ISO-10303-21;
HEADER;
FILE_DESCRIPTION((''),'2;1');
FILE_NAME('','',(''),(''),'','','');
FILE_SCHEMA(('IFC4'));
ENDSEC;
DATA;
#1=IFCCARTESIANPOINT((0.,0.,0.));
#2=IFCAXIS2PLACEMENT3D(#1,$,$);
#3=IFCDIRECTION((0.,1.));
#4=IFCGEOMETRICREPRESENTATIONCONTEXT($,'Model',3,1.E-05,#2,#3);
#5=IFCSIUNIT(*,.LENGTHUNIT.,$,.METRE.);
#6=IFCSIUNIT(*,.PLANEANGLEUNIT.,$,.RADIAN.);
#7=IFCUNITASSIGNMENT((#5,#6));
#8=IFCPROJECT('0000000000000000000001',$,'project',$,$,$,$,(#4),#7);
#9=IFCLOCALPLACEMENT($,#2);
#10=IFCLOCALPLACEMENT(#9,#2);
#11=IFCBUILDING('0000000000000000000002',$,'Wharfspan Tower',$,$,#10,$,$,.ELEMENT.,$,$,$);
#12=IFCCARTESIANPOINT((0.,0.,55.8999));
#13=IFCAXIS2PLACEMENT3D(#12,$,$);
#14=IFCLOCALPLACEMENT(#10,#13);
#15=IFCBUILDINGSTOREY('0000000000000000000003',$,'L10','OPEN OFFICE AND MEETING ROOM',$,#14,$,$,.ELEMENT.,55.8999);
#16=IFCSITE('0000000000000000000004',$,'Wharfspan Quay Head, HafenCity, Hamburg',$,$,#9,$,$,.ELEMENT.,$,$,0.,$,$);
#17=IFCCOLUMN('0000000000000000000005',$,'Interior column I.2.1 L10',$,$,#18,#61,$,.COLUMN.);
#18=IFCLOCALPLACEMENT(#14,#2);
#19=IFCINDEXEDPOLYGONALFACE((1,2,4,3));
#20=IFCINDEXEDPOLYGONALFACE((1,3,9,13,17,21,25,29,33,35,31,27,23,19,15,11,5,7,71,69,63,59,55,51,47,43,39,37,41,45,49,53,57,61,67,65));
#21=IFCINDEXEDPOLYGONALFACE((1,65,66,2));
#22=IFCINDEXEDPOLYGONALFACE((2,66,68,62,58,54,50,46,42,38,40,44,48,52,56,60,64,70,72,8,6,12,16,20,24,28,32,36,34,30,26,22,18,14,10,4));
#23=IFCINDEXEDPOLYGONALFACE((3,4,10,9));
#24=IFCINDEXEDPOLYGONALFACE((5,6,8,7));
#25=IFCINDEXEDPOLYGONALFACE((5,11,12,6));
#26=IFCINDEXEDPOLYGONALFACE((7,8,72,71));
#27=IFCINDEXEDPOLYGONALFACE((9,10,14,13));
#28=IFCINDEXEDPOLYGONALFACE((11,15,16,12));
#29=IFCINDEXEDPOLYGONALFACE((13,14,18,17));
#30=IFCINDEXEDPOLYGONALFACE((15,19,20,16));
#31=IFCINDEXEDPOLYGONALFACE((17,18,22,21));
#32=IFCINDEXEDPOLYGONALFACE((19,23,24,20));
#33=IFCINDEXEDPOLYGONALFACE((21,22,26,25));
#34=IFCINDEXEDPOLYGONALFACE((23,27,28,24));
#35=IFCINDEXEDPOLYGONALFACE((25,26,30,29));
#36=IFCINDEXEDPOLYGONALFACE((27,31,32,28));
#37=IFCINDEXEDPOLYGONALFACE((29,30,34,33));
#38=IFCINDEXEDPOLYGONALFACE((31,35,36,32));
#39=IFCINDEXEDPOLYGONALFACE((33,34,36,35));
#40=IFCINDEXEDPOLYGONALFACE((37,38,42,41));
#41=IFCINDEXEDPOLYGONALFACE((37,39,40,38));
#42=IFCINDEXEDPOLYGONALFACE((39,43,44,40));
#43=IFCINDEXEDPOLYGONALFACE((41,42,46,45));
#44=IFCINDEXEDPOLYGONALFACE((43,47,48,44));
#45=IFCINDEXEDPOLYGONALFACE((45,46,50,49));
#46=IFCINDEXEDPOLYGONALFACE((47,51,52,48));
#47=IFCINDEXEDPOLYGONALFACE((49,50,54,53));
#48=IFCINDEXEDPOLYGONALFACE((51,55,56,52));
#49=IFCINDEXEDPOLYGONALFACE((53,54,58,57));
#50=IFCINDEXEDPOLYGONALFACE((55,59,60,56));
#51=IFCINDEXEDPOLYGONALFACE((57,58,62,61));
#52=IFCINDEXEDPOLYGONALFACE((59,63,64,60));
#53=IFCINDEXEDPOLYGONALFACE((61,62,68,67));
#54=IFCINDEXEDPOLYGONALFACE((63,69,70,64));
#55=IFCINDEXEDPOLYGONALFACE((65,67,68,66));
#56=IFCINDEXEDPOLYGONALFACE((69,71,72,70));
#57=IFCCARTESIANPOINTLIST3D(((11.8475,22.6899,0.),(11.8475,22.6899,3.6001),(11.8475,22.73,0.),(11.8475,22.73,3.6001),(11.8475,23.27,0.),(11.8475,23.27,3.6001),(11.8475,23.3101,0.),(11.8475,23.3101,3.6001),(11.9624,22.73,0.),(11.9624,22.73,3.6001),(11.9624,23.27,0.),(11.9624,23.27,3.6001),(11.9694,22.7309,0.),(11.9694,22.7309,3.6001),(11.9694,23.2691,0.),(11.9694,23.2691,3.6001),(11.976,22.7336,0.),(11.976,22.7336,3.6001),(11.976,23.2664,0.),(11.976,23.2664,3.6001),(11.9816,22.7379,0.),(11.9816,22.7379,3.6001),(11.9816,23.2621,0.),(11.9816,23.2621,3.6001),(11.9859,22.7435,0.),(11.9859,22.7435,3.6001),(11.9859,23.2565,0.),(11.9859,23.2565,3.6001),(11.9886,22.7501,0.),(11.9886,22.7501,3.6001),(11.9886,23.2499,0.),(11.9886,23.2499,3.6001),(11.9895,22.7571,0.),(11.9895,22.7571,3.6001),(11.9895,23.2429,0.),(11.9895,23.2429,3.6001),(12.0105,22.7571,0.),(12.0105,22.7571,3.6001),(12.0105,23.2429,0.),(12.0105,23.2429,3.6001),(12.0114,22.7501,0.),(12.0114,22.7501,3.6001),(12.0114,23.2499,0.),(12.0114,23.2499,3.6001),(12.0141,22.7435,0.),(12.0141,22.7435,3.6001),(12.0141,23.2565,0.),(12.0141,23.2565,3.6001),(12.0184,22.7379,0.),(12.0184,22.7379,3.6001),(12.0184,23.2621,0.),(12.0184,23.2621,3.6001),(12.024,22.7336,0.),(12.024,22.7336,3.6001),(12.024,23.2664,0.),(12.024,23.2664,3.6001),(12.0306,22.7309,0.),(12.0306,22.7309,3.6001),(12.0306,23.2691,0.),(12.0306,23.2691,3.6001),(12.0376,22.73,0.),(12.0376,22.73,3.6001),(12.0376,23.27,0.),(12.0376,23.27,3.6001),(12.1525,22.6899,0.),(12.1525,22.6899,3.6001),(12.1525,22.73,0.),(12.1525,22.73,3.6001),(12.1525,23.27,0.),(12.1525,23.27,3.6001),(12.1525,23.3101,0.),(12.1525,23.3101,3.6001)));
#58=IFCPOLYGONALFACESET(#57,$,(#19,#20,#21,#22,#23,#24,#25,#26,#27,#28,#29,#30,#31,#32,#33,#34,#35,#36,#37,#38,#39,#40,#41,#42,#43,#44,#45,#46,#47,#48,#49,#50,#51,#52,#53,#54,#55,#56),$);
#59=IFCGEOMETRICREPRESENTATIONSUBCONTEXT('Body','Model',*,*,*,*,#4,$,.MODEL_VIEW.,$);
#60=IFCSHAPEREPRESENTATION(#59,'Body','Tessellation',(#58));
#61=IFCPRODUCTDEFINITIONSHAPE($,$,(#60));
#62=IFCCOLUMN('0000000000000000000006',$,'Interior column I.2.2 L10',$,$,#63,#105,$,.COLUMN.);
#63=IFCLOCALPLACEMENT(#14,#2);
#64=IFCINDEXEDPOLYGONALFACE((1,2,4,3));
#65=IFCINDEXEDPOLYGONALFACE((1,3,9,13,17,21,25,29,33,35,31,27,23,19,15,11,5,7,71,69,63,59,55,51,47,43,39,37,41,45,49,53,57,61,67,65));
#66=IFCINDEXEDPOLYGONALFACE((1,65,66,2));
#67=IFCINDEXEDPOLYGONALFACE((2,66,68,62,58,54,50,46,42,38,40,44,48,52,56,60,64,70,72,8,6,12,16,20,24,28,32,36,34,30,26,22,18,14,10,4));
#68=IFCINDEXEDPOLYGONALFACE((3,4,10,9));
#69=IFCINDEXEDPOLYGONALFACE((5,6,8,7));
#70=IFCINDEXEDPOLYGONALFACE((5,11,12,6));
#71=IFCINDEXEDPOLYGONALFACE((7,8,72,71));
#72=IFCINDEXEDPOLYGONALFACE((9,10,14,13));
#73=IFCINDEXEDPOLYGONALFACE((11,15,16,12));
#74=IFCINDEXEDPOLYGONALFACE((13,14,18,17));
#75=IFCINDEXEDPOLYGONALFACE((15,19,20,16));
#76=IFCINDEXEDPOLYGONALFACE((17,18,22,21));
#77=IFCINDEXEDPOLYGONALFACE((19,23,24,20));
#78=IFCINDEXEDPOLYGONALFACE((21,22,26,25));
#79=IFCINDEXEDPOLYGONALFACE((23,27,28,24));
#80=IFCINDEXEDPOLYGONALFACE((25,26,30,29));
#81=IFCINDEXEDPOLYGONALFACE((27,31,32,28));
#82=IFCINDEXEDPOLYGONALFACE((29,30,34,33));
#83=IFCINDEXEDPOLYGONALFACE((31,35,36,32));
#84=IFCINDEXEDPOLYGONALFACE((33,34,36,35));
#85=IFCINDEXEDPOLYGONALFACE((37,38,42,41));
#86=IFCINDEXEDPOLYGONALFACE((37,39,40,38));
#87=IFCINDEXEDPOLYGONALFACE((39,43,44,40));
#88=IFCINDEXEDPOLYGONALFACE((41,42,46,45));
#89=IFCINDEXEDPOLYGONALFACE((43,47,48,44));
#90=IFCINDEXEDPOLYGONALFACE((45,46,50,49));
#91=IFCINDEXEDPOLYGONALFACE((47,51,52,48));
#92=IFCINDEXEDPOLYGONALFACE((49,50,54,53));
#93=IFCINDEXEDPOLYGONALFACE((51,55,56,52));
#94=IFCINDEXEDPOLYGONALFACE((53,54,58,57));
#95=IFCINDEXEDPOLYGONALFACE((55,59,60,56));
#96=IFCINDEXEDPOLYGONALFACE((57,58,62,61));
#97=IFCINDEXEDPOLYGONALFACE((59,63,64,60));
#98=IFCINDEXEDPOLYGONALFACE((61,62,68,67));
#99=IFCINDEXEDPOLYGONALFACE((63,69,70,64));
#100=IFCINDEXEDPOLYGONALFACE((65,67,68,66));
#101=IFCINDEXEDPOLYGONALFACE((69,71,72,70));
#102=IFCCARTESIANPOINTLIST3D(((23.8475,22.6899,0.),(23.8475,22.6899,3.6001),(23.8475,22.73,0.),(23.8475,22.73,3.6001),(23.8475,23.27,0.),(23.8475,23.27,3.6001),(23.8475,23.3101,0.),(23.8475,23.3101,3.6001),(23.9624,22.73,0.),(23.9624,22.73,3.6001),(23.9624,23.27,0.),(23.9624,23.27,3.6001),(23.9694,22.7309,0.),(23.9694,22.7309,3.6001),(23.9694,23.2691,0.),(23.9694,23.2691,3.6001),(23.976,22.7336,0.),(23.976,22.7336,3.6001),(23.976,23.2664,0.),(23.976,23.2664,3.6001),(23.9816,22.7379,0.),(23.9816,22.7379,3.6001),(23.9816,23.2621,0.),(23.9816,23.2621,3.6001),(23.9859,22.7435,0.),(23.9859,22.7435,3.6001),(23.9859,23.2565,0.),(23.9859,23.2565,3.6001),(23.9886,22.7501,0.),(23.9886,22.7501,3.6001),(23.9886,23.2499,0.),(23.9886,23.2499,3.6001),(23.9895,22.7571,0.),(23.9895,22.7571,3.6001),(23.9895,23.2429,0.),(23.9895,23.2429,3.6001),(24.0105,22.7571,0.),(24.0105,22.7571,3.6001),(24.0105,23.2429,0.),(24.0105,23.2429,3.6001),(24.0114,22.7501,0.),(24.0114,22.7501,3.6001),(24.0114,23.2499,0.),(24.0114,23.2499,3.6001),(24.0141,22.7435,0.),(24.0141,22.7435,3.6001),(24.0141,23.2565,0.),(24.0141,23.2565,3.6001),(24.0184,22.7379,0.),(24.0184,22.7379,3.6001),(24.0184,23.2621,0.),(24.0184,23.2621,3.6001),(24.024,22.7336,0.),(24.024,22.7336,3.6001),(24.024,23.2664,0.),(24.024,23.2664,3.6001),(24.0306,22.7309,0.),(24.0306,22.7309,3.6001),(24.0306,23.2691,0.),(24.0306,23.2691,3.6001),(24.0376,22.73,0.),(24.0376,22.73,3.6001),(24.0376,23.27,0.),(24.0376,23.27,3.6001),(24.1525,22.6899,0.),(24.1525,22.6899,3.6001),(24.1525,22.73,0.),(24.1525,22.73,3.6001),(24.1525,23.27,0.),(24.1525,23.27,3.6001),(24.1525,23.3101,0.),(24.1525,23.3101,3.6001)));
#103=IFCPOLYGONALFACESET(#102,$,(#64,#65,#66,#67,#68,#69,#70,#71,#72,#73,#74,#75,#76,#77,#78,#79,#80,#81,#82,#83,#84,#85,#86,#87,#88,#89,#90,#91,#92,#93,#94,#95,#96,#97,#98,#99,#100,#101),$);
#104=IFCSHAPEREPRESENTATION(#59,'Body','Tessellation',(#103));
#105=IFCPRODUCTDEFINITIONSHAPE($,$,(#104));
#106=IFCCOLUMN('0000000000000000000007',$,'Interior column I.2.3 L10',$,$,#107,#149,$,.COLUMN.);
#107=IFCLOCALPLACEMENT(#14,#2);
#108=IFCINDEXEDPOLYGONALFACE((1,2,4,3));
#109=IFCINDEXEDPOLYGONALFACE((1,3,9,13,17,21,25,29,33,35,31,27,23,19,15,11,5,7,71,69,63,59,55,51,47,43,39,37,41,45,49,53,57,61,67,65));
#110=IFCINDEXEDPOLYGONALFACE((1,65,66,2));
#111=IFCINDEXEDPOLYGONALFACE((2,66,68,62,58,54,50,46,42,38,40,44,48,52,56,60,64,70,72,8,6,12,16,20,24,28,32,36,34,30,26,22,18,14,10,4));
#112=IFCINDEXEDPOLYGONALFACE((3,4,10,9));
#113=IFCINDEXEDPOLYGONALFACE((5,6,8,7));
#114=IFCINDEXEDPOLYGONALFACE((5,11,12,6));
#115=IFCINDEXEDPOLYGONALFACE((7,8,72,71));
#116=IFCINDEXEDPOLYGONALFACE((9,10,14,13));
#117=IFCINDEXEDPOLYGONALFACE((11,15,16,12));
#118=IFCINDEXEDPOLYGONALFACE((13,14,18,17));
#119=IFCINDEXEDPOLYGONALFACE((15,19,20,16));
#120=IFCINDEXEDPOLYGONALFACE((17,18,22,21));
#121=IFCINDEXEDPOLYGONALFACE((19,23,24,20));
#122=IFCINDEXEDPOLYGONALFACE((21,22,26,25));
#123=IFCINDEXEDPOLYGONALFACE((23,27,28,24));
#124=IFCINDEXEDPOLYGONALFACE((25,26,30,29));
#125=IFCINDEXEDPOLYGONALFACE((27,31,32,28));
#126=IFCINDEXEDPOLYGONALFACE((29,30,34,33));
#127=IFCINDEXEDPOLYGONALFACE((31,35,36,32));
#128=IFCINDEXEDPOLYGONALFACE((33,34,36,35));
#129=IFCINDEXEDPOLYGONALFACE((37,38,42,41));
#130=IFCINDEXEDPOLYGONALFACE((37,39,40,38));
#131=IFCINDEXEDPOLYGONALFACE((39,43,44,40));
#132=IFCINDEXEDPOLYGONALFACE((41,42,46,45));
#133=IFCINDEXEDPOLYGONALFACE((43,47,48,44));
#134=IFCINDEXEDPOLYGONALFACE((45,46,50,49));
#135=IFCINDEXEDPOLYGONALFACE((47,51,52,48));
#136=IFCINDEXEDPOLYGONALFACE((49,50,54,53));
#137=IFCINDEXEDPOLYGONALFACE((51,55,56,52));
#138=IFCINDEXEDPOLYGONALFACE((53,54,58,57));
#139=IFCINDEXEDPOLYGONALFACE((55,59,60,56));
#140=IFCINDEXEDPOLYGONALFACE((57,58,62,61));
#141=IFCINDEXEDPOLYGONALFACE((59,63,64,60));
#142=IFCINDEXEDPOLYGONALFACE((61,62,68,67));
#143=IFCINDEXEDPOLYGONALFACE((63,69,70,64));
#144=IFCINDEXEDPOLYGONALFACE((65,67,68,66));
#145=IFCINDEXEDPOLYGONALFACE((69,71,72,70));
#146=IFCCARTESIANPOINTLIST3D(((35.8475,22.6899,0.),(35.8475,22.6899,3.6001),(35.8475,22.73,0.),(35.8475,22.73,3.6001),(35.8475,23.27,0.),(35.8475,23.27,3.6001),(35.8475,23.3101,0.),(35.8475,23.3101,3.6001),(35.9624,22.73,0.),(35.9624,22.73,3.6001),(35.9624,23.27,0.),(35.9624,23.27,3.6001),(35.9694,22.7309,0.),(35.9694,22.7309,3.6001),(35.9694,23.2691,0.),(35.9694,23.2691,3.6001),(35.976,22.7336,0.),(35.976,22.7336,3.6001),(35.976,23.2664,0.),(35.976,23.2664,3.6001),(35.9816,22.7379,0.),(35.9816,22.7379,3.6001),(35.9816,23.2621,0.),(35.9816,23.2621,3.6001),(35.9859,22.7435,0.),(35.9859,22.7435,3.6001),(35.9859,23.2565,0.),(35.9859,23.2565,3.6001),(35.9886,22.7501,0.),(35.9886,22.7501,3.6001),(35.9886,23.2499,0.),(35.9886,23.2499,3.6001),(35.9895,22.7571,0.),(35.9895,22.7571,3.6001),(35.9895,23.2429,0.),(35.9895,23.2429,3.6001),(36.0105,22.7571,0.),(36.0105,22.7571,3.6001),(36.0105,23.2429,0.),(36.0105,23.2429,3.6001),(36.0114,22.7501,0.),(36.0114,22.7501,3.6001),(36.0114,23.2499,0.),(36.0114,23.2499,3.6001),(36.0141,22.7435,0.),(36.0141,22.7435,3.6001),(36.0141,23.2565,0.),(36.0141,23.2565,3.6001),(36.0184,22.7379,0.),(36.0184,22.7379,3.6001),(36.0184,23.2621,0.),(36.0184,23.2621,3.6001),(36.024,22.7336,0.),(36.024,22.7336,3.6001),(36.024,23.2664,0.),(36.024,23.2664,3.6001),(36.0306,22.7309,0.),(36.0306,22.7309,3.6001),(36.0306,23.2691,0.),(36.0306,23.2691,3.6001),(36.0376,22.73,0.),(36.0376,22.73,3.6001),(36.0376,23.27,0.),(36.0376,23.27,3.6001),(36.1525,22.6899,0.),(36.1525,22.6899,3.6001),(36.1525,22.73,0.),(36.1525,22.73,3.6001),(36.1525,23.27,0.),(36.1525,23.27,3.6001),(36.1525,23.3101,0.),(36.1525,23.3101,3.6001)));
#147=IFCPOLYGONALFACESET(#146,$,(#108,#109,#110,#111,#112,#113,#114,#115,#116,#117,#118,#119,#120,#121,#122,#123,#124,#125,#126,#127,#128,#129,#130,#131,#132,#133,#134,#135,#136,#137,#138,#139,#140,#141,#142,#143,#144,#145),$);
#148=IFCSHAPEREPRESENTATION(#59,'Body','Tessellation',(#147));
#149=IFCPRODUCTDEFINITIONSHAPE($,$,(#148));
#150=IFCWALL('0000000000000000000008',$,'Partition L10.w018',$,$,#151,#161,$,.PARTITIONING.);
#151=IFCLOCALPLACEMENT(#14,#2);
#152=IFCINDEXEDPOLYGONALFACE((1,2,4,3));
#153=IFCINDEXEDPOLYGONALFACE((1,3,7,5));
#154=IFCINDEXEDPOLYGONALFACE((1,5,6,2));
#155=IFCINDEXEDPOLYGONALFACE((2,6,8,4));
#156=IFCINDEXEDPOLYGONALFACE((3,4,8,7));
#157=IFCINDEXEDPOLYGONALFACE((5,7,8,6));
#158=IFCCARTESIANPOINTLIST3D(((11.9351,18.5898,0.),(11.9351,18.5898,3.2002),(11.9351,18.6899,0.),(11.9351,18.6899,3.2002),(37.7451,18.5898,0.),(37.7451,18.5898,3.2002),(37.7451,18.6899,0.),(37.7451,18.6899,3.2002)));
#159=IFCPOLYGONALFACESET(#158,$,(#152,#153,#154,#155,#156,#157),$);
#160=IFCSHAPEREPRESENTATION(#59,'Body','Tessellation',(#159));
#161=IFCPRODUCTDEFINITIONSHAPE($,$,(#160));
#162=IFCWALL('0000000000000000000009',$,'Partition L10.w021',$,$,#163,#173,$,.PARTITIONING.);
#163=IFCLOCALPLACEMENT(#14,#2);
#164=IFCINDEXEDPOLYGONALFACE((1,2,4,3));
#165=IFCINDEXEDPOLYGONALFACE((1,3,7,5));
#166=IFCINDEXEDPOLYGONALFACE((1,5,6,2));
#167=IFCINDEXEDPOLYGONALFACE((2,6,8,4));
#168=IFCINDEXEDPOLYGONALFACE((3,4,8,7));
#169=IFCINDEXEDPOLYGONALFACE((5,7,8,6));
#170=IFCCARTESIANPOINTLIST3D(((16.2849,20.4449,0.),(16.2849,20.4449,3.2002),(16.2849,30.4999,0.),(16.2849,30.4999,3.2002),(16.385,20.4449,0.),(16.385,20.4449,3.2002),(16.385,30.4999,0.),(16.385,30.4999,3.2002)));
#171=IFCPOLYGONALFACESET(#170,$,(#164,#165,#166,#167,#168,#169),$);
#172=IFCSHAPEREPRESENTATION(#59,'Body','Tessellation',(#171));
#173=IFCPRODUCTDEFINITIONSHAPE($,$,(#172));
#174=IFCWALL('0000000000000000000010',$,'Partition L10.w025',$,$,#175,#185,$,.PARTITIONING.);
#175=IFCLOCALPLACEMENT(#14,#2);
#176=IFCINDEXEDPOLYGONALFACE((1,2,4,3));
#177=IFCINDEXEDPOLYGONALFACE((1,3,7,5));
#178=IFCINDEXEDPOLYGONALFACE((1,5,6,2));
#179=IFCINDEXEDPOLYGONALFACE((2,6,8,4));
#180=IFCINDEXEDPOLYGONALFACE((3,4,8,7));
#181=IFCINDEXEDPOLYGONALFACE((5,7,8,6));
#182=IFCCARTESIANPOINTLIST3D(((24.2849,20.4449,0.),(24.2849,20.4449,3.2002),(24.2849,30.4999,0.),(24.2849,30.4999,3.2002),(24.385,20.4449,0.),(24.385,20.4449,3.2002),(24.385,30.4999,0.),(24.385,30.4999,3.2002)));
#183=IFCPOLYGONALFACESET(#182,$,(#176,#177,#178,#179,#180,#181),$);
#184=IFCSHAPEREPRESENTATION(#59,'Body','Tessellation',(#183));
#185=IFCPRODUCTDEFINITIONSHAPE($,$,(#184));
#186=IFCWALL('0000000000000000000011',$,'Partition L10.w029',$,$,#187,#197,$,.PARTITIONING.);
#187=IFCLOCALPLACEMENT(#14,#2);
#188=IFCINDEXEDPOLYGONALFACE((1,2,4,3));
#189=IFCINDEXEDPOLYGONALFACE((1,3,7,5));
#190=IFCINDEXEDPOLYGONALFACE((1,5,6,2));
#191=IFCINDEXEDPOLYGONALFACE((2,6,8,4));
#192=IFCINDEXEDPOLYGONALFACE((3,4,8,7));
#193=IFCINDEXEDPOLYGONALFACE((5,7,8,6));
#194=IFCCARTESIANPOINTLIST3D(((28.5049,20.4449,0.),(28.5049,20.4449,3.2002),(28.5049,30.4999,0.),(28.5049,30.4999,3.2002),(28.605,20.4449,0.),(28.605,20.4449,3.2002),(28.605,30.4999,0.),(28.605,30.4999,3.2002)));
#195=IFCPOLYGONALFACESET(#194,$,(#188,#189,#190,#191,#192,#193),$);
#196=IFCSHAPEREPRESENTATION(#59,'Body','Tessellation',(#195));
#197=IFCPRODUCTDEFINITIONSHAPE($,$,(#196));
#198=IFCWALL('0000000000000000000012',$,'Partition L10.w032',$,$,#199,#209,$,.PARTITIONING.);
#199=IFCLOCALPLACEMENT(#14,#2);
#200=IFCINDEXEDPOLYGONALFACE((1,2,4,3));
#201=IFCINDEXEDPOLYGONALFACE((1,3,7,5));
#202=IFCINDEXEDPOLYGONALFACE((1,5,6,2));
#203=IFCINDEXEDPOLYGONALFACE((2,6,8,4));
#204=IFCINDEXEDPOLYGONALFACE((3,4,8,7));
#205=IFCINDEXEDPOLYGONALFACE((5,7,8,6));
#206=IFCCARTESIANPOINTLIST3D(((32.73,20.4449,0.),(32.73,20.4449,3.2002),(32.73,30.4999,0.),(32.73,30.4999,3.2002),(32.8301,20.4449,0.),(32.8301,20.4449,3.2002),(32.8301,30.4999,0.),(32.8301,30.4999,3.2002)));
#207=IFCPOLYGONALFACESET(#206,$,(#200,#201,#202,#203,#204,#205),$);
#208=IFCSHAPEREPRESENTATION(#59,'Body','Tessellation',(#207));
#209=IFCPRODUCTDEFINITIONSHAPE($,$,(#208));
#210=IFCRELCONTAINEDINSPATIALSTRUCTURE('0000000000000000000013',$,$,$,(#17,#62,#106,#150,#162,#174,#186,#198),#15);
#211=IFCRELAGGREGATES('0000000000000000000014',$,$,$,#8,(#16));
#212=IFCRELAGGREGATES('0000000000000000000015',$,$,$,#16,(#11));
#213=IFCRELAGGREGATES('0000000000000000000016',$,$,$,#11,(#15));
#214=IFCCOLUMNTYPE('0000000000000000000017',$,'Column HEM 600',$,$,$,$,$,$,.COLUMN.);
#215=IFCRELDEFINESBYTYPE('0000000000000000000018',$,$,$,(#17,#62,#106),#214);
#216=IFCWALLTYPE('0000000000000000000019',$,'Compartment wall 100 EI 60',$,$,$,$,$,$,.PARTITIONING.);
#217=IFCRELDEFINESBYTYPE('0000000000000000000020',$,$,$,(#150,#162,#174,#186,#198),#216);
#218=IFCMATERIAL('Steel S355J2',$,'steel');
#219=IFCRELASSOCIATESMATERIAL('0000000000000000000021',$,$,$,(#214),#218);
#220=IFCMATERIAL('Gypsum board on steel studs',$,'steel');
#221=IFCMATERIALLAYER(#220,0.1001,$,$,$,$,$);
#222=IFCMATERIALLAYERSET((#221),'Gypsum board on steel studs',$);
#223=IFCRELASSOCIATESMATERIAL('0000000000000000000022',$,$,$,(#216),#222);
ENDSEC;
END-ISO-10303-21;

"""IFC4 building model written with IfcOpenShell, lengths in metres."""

from ifc_helpers import new_model, si_unit, direction, frame, frame_2d, origin, origin_2d, place, context, subcontext, project, spatial, rectangle, i_section, extrude, material, layer, layer_set, material_profile, profile_set, type_object, element, save


model = new_model("IFC4")

# Units and contexts
model_context = context("Model", 3, precision=1e-05, world=origin(), true_north=direction((0.0, 1.0)))
body_context = subcontext(model_context, "Body", "Model", "MODEL_VIEW")
ifc_project = project(units=[si_unit("LENGTHUNIT", "METRE"), si_unit("PLANEANGLEUNIT", "RADIAN")], contexts=[model_context])

# Site, building, storey
site_placement = place(None, origin())
site = spatial("IfcSite", under=ifc_project, at=site_placement, Name="Wharfspan Quay Head, HafenCity, Hamburg", CompositionType="ELEMENT", RefElevation=0.0)
building_placement = place(site_placement, origin())
building = spatial("IfcBuilding", under=site, at=building_placement, Name="Wharfspan Tower", CompositionType="ELEMENT")
storey_placement = place(building_placement, frame((0.0, 0.0, 55.8999)))
storey = spatial("IfcBuildingStorey", under=building, at=storey_placement, Name="L10", Description="OPEN OFFICE AND MEETING ROOM", CompositionType="ELEMENT", Elevation=55.8999)

# Columns
ifc_material_1 = material(Name="Steel S355J2", Category="steel")
ifc_material_profile = material_profile(ifc_material_1, i_section(OverallWidth=0.3049, OverallDepth=0.6201, WebThickness=0.021, FlangeThickness=0.04, FilletRadius=0.0271, at=origin_2d()))
ifc_profile_set = profile_set([ifc_material_profile], Name="Steel S355J2")
column_type = type_object("IfcColumnType", Name="Column HEM 600", PredefinedType="COLUMN", material=ifc_profile_set)
for number, where, z_axis, x_axis, name in (
    (1, (12.0, 23.0, 0.0), (0.0, 0.0, 1.0), (1.0, 0.0, 0.0), "Interior column I.2.1 L10"),
    (2, (24.0, 23.0, 0.0), (0.0, 0.0, 1.0), (1.0, 0.0, 0.0), "Interior column I.2.2 L10"),
    (3, (36.0, 23.0, 0.0), (0.0, 0.0, 1.0), (1.0, 0.0, 0.0), "Interior column I.2.3 L10"),
):
    element("IfcColumn", number, at=place(storey_placement, frame(where, z_axis=z_axis, x_axis=x_axis)), inside=storey, type_object=column_type, Name=name, PredefinedType="COLUMN", context=body_context, shape_type="SweptSolid", body=[
        extrude(i_section(OverallWidth=0.3049, OverallDepth=0.6201, WebThickness=0.021, FlangeThickness=0.04, FilletRadius=0.0271, at=origin_2d()), origin(), (0.0, 0.0, 1.0), 3.6001),
    ])

# Walls
ifc_material_2 = material(Name="Gypsum board on steel studs", Category="steel")
ifc_layer_1 = layer(ifc_material_2, 0.1001)
ifc_layer_set_1 = layer_set([ifc_layer_1], Name="Gypsum board on steel studs")
wall_type_1 = type_object("IfcWallType", Name="Compartment wall 100 EI 60", PredefinedType="PARTITIONING", material=ifc_layer_set_1)
wall_1_placement = place(storey_placement, frame((11.9351, 18.6399, 0.0), z_axis=(0.0, 0.0, 1.0), x_axis=(1.0, 0.0, 0.0)))
element("IfcWall", 4, at=wall_1_placement, inside=storey, type_object=wall_type_1, Name="Partition L10.w018", PredefinedType="PARTITIONING", context=body_context, shape_type="SweptSolid", body=[
    extrude(rectangle(XDim=25.8101, YDim=0.1001, at=frame_2d((12.905, 0.0))), origin(), (0.0, 0.0, 1.0), 3.2002),
])
for number, where, z_axis, x_axis, name in (
    (5, (16.335, 20.4451, 0.0), (0.0, 0.0, 1.0), (0.0, 1.0, 0.0), "Partition L10.w021"),
    (6, (24.335, 20.4451, 0.0), (0.0, 0.0, 1.0), (0.0, 1.0, 0.0), "Partition L10.w025"),
    (7, (28.5549, 20.4451, 0.0), (0.0, 0.0, 1.0), (0.0, 1.0, 0.0), "Partition L10.w029"),
    (8, (32.78, 20.4451, 0.0), (0.0, 0.0, 1.0), (0.0, 1.0, 0.0), "Partition L10.w032"),
):
    element("IfcWall", number, at=place(storey_placement, frame(where, z_axis=z_axis, x_axis=x_axis)), inside=storey, type_object=wall_type_1, Name=name, PredefinedType="PARTITIONING", context=body_context, shape_type="SweptSolid", body=[
        extrude(rectangle(XDim=10.0549, YDim=0.1001, at=frame_2d((5.0273, 0.0))), origin(), (0.0, 0.0, 1.0), 3.2002),
    ])

save(model, "model.ifc")
